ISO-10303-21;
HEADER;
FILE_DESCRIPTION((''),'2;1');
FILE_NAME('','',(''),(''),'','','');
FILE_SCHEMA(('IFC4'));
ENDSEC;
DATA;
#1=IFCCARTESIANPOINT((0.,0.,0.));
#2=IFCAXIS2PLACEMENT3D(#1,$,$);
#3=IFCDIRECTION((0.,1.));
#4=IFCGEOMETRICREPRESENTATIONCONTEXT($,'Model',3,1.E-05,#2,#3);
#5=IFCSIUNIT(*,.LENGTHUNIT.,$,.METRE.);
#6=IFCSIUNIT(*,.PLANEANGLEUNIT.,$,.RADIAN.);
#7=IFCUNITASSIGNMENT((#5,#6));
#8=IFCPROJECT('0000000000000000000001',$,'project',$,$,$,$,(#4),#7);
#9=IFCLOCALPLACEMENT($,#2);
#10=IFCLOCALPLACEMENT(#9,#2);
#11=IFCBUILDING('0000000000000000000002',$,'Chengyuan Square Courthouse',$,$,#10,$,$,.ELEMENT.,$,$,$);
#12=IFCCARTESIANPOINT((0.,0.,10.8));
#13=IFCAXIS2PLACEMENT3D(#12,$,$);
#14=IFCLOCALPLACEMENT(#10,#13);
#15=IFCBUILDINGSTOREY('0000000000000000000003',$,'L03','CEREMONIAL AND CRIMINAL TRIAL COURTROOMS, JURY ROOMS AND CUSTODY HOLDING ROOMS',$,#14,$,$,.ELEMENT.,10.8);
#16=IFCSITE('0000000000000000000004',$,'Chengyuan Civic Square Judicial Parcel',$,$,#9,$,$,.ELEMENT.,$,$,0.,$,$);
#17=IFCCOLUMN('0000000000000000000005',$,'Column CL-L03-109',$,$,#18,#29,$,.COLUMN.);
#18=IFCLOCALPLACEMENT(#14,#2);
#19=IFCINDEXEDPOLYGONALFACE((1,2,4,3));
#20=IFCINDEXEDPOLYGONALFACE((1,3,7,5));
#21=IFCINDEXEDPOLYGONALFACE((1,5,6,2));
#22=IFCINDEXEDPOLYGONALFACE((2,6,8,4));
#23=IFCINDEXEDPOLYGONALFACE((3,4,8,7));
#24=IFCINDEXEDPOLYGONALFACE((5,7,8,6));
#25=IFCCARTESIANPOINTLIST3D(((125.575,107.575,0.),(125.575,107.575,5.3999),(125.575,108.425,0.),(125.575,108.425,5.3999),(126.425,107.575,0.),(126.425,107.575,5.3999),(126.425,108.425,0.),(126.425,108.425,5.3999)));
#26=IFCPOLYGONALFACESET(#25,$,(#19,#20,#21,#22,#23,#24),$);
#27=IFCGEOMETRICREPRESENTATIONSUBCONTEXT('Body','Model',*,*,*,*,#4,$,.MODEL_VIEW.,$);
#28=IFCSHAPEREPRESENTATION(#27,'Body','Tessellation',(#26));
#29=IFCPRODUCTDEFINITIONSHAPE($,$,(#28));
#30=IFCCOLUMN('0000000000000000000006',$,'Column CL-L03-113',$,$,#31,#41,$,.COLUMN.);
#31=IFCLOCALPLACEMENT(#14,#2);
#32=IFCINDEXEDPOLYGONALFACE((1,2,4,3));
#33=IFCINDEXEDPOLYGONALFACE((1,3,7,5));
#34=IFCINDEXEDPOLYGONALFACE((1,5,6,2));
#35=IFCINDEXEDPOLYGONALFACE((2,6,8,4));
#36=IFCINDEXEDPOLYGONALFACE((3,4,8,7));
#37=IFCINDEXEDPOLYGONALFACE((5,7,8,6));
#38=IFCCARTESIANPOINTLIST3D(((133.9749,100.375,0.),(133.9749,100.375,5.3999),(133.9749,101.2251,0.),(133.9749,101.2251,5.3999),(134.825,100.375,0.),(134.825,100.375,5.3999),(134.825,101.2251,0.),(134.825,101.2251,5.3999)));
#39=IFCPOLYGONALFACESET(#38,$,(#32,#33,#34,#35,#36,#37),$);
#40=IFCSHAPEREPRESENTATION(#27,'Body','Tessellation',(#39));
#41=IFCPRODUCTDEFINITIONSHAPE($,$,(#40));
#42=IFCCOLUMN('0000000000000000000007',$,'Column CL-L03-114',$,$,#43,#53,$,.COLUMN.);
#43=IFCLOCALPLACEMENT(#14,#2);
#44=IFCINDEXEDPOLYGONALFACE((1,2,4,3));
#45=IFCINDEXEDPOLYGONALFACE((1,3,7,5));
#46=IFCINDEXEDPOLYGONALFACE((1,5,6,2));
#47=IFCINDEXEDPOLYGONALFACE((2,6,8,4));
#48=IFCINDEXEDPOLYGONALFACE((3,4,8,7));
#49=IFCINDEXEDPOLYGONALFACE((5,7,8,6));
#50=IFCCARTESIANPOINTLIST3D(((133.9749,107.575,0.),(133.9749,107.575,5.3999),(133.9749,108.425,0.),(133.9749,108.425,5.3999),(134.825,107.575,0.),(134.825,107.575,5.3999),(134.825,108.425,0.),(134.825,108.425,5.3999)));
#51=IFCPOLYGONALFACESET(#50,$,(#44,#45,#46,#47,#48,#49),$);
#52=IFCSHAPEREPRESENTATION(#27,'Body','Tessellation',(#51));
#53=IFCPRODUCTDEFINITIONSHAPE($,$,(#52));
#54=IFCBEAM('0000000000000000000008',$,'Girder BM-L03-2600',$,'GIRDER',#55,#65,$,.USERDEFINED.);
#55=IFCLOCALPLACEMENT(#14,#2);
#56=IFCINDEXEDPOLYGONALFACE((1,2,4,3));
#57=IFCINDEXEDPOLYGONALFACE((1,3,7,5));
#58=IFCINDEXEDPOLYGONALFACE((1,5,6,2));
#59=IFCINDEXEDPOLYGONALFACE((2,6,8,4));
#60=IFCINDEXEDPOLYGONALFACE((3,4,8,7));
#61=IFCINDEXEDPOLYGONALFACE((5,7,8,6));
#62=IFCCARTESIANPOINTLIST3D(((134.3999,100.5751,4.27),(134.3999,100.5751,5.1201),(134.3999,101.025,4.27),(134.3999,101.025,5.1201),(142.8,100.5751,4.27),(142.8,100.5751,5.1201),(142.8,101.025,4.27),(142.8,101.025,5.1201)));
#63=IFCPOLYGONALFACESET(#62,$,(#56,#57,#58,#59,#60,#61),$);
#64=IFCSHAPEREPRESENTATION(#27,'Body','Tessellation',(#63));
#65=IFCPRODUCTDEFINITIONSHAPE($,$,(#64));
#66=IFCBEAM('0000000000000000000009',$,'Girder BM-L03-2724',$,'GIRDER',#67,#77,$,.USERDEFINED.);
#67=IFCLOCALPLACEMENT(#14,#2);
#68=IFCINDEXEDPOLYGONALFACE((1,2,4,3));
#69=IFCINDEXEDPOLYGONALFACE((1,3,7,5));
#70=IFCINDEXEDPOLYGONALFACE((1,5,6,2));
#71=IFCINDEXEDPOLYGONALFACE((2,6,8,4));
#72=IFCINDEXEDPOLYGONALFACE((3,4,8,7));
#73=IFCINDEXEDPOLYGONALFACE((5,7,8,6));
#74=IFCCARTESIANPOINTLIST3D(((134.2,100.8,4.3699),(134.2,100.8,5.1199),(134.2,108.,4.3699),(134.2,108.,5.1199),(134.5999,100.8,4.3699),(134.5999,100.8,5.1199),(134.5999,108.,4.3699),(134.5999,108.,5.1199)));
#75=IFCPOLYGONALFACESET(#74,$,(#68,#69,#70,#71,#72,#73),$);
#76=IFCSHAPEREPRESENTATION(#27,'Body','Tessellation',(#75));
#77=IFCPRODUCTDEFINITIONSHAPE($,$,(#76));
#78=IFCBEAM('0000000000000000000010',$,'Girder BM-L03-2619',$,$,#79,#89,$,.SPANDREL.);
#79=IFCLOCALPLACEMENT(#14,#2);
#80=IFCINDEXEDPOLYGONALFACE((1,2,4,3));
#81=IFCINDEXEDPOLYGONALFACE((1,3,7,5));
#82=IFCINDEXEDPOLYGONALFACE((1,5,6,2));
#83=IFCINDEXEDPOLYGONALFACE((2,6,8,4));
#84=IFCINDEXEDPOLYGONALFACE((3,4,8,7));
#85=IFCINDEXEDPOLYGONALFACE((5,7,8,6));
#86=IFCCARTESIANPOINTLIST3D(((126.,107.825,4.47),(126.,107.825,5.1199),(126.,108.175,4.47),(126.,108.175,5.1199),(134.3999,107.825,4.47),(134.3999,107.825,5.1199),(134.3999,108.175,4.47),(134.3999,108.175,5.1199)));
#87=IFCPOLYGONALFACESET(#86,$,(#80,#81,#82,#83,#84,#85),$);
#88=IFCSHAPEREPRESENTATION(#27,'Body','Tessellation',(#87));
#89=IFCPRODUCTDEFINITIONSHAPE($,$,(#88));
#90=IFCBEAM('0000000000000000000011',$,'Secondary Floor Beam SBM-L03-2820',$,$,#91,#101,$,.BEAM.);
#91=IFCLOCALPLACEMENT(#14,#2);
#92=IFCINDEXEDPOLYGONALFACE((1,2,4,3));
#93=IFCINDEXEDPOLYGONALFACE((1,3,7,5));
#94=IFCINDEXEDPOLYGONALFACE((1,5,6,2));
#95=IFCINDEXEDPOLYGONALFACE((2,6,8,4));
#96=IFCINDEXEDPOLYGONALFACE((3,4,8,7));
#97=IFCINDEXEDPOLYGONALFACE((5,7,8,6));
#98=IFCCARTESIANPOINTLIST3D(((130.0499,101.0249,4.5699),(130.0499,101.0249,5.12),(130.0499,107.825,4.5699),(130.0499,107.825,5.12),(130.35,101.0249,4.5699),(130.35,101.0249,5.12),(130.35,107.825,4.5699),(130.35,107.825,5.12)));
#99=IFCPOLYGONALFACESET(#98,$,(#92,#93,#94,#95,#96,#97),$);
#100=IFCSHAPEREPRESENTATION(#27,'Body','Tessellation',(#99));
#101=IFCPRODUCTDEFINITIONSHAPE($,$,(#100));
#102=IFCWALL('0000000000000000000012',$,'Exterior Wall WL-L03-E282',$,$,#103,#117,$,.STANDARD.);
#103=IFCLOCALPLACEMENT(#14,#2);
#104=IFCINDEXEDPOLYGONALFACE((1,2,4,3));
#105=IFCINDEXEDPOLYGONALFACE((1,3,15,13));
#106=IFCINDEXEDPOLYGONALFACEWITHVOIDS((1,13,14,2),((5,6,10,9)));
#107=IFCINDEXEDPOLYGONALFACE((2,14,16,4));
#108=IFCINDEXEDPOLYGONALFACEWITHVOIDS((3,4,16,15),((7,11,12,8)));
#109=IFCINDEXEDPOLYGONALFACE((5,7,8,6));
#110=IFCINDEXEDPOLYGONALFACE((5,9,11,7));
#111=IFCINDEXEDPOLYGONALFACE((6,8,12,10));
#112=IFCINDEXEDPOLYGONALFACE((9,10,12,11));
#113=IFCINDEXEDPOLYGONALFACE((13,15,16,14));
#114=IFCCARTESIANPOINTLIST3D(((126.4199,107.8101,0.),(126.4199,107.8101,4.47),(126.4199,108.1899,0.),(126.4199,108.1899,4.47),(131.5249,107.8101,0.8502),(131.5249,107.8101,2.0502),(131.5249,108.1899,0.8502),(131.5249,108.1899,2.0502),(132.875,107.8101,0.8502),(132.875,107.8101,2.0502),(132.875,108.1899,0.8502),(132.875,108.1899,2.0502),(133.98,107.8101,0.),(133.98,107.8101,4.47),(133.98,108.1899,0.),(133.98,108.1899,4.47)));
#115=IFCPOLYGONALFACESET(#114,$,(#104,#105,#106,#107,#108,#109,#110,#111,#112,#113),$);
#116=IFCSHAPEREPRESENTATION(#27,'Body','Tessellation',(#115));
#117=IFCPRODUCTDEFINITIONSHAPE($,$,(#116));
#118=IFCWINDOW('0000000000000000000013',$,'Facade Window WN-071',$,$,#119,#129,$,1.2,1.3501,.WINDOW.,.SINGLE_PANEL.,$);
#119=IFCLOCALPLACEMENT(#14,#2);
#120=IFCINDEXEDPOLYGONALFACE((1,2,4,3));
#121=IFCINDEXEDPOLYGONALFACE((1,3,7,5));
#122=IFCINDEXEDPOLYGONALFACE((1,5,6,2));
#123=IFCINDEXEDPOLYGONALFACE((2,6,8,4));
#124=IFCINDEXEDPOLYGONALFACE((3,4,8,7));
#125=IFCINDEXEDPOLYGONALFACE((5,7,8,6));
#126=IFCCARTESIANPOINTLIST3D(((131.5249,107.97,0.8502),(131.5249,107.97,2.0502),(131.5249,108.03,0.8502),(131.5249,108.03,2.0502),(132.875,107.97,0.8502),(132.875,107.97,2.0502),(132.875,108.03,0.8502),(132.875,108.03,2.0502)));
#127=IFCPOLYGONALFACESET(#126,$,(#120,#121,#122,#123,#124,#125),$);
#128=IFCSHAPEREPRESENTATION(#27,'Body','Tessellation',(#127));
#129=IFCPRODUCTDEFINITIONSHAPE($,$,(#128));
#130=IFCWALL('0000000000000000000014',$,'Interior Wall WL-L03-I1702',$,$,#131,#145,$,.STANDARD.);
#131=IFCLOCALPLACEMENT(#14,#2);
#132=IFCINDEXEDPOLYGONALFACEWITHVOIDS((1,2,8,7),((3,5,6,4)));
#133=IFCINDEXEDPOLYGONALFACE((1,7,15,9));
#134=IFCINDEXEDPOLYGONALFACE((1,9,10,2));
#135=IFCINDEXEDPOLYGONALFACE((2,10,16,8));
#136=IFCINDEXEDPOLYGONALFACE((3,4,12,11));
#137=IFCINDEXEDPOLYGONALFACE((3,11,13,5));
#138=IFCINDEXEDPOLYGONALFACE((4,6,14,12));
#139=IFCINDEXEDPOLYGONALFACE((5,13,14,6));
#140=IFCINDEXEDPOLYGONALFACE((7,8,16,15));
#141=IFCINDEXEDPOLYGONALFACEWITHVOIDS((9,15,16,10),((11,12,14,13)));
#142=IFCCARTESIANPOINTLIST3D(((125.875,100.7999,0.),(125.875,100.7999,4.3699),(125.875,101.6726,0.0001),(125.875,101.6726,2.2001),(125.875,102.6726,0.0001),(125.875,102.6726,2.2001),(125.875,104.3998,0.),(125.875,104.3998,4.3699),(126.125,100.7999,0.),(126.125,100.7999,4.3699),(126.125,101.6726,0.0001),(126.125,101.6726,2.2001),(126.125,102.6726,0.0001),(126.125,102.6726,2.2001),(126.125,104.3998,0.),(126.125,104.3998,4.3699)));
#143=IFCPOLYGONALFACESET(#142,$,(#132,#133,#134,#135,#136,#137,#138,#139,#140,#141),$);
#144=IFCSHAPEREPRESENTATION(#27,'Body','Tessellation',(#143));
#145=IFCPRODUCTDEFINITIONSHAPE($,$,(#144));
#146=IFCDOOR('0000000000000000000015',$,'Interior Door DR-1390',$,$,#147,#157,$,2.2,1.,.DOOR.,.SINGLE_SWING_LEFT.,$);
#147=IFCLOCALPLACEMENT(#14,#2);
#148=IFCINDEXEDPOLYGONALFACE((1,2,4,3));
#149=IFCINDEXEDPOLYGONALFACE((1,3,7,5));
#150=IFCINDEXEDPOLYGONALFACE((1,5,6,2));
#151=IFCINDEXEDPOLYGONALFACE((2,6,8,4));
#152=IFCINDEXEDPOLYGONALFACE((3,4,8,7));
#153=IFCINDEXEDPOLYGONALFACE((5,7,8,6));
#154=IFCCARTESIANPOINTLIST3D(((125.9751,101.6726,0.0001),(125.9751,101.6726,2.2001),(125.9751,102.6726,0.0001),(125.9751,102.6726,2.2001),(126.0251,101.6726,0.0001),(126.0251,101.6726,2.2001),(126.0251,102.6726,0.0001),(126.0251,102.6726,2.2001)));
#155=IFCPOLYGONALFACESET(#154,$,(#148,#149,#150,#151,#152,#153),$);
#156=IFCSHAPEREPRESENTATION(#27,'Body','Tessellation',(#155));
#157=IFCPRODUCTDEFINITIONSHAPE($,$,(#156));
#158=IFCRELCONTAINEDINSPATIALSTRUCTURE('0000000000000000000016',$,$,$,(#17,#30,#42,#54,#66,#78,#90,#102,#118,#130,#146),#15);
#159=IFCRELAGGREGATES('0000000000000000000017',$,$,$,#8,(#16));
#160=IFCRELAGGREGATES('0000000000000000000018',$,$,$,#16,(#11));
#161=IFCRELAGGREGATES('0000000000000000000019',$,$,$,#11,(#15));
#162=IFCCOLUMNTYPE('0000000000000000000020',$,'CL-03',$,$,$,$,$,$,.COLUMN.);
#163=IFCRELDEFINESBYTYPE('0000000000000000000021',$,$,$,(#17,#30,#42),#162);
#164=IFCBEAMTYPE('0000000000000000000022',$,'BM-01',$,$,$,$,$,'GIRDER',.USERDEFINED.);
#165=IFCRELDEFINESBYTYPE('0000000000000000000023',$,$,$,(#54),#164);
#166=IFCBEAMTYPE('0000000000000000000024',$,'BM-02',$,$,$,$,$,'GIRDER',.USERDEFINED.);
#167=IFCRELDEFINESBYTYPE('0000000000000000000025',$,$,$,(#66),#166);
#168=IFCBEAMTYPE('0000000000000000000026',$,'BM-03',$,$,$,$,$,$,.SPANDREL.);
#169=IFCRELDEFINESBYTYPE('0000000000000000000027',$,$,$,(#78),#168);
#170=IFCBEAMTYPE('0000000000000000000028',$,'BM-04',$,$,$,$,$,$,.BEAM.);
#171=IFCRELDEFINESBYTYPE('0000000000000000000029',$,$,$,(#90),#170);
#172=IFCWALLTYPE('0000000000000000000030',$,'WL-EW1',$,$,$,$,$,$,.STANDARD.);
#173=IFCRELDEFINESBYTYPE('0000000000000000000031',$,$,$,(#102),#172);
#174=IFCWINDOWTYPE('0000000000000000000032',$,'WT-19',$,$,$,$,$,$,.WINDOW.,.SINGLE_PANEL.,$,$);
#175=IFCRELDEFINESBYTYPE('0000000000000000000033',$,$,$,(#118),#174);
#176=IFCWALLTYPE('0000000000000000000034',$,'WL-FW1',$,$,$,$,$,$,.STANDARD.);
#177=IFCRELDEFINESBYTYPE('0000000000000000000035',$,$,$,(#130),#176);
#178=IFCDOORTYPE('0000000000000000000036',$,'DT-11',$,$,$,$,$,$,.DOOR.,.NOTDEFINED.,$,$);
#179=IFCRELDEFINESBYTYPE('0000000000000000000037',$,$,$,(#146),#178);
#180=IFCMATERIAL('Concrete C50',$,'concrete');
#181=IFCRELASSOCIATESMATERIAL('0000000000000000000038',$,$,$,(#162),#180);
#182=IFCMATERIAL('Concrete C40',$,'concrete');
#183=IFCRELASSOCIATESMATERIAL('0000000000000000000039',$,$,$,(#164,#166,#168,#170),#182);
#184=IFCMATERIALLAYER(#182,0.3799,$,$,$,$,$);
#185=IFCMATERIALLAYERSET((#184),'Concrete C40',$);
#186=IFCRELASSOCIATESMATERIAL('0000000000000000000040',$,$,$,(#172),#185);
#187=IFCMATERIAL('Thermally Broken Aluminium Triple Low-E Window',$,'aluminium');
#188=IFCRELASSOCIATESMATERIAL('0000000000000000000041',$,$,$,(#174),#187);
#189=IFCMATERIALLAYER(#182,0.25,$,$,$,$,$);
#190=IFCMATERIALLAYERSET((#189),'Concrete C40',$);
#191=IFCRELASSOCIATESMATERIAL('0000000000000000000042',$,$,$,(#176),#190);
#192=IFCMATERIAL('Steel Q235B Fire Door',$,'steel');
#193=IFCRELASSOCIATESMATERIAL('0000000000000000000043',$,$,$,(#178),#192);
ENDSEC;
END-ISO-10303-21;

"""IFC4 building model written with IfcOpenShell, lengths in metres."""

from ifc_helpers import new_model, si_unit, direction, frame, frame_2d, origin, origin_2d, place, context, subcontext, project, spatial, rectangle, extrude, material, layer, layer_set, material_profile, profile_set, type_object, element, fill, save


model = new_model("IFC4")

# Units and contexts
model_context = context("Model", 3, precision=1e-05, world=origin(), true_north=direction((0.0, 1.0)))
body_context = subcontext(model_context, "Body", "Model", "MODEL_VIEW")
ifc_project = project(units=[si_unit("LENGTHUNIT", "METRE"), si_unit("PLANEANGLEUNIT", "RADIAN")], contexts=[model_context])

# Site, building, storey
site_placement = place(None, origin())
site = spatial("IfcSite", under=ifc_project, at=site_placement, Name="Chengyuan Civic Square Judicial Parcel", CompositionType="ELEMENT", RefElevation=0.0)
building_placement = place(site_placement, origin())
building = spatial("IfcBuilding", under=site, at=building_placement, Name="Chengyuan Square Courthouse", CompositionType="ELEMENT")
storey_placement = place(building_placement, frame((0.0, 0.0, 10.8)))
storey = spatial("IfcBuildingStorey", under=building, at=storey_placement, Name="L03", Description="CEREMONIAL AND CRIMINAL TRIAL COURTROOMS, JURY ROOMS AND CUSTODY HOLDING ROOMS", CompositionType="ELEMENT", Elevation=10.8)

# Columns
ifc_material_1 = material(Name="Concrete C50", Category="concrete")
ifc_material_profile_1 = material_profile(ifc_material_1, rectangle(XDim=0.8501, YDim=0.8501, at=origin_2d()), Name="RC-COL-850x850")
ifc_profile_set_1 = profile_set([ifc_material_profile_1], Name="Concrete C50")
column_type = type_object("IfcColumnType", Name="CL-03", PredefinedType="COLUMN", material=ifc_profile_set_1)
for number, where, z_axis, x_axis, name in (
    (1, (126.0, 108.0, 0.0), (0.0, 0.0, 1.0), (1.0, 0.0, 0.0), "Column CL-L03-109"),
    (2, (134.3999, 100.8, 0.0), (0.0, 0.0, 1.0), (1.0, 0.0, 0.0), "Column CL-L03-113"),
    (3, (134.3999, 108.0, 0.0), (0.0, 0.0, 1.0), (1.0, 0.0, 0.0), "Column CL-L03-114"),
):
    element("IfcColumn", number, at=place(storey_placement, frame(where, z_axis=z_axis, x_axis=x_axis)), inside=storey, type_object=column_type, Name=name, PredefinedType="COLUMN", context=body_context, shape_type="SweptSolid", body=[
        extrude(rectangle(XDim=0.8501, YDim=0.8501, at=origin_2d()), origin(), (0.0, 0.0, 1.0), 5.3999),
    ])

# Beams
ifc_material_2 = material(Name="Concrete C40", Category="concrete")
ifc_material_profile_2 = material_profile(ifc_material_2, rectangle(XDim=0.45, YDim=0.8501, at=origin_2d()), Name="RC-BM-450x850")
ifc_profile_set_2 = profile_set([ifc_material_profile_2], Name="Concrete C40")
beam_type_1 = type_object("IfcBeamType", Name="BM-01", ElementType="GIRDER", PredefinedType="USERDEFINED", material=ifc_profile_set_2)
beam_1_placement = place(storey_placement, frame((134.3999, 100.8, 4.6951), z_axis=(1.0, 0.0, 0.0), x_axis=(0.0, 1.0, 0.0)))
element("IfcBeam", 4, at=beam_1_placement, inside=storey, type_object=beam_type_1, Name="Girder BM-L03-2600", ObjectType="GIRDER", PredefinedType="USERDEFINED", context=body_context, shape_type="SweptSolid", body=[
    extrude(rectangle(XDim=0.45, YDim=0.8501, at=origin_2d()), origin(), (0.0, 0.0, 1.0), 8.4001),
])
ifc_material_profile_3 = material_profile(ifc_material_2, rectangle(XDim=0.3999, YDim=0.75, at=origin_2d()), Name="RC-BM-400x750")
ifc_profile_set_3 = profile_set([ifc_material_profile_3], Name="Concrete C40")
beam_type_2 = type_object("IfcBeamType", Name="BM-02", ElementType="GIRDER", PredefinedType="USERDEFINED", material=ifc_profile_set_3)
beam_2_placement = place(storey_placement, frame((134.3999, 100.8, 4.7449), z_axis=(0.0, 1.0, 0.0), x_axis=(-1.0, 0.0, 0.0)))
element("IfcBeam", 5, at=beam_2_placement, inside=storey, type_object=beam_type_2, Name="Girder BM-L03-2724", ObjectType="GIRDER", PredefinedType="USERDEFINED", context=body_context, shape_type="SweptSolid", body=[
    extrude(rectangle(XDim=0.3999, YDim=0.75, at=origin_2d()), origin(), (0.0, 0.0, 1.0), 7.2),
])
ifc_material_profile_4 = material_profile(ifc_material_2, rectangle(XDim=0.3501, YDim=0.6499, at=origin_2d()), Name="RC-BM-350x650")
ifc_profile_set_4 = profile_set([ifc_material_profile_4], Name="Concrete C40")
beam_type_3 = type_object("IfcBeamType", Name="BM-03", PredefinedType="SPANDREL", material=ifc_profile_set_4)
beam_3_placement = place(storey_placement, frame((126.0, 108.0, 4.7949), z_axis=(1.0, 0.0, 0.0), x_axis=(0.0, 1.0, 0.0)))
element("IfcBeam", 6, at=beam_3_placement, inside=storey, type_object=beam_type_3, Name="Girder BM-L03-2619", PredefinedType="SPANDREL", context=body_context, shape_type="SweptSolid", body=[
    extrude(rectangle(XDim=0.3501, YDim=0.6499, at=origin_2d()), origin(), (0.0, 0.0, 1.0), 8.3999),
])
ifc_material_profile_5 = material_profile(ifc_material_2, rectangle(XDim=0.3, YDim=0.55, at=origin_2d()), Name="RC-BM-300x550")
ifc_profile_set_5 = profile_set([ifc_material_profile_5], Name="Concrete C40")
beam_type_4 = type_object("IfcBeamType", Name="BM-04", PredefinedType="BEAM", material=ifc_profile_set_5)
beam_4_placement = place(storey_placement, frame((130.2, 101.0249, 4.845), z_axis=(0.0, 1.0, 0.0), x_axis=(-1.0, 0.0, 0.0)))
element("IfcBeam", 7, at=beam_4_placement, inside=storey, type_object=beam_type_4, Name="Secondary Floor Beam SBM-L03-2820", PredefinedType="BEAM", context=body_context, shape_type="SweptSolid", body=[
    extrude(rectangle(XDim=0.3, YDim=0.55, at=origin_2d()), origin(), (0.0, 0.0, 1.0), 6.8),
])

# Wall, opening, window
ifc_layer_1 = layer(ifc_material_2, 0.3799)
ifc_layer_set_1 = layer_set([ifc_layer_1], Name="Concrete C40")
wall_type_1 = type_object("IfcWallType", Name="WL-EW1", PredefinedType="STANDARD", material=ifc_layer_set_1)
wall_1_placement = place(storey_placement, frame((126.4199, 108.0, 0.0), z_axis=(0.0, 0.0, 1.0), x_axis=(1.0, 0.0, 0.0)))
wall_1 = element("IfcWall", 8, at=wall_1_placement, inside=storey, type_object=wall_type_1, Name="Exterior Wall WL-L03-E282", PredefinedType="STANDARD", context=body_context, shape_type="SweptSolid", body=[
    extrude(rectangle(XDim=7.5601, YDim=0.3799, at=frame_2d((3.78, 0.0))), origin(), (0.0, 0.0, 1.0), 4.47),
])
opening_1_placement = place(wall_1_placement, frame((5.105, 0.0, 0.8501)))
opening_1 = element("IfcOpeningElement", 9, at=opening_1_placement, cuts=wall_1, PredefinedType="OPENING", context=body_context, shape_type="SweptSolid", body=[
    extrude(rectangle(XDim=1.3501, YDim=1.2, at=frame_2d((0.675, 0.6001))), frame((0.0, 0.2019, 0.0), z_axis=(0.0, -1.0, 0.0), x_axis=(1.0, 0.0, 0.0)), (0.0, 0.0, 1.0), 0.4038),
])
ifc_material_3 = material(Name="Thermally Broken Aluminium Triple Low-E Window", Category="aluminium")
window_type = type_object("IfcWindowType", Name="WT-19", PartitioningType="SINGLE_PANEL", PredefinedType="WINDOW", material=ifc_material_3)
window_placement = place(opening_1_placement, origin())
window = element("IfcWindow", 10, at=window_placement, inside=storey, type_object=window_type, Name="Facade Window WN-071", OverallHeight=1.2, OverallWidth=1.3501, PartitioningType="SINGLE_PANEL", PredefinedType="WINDOW", context=body_context, shape_type="SweptSolid", body=[
    extrude(rectangle(XDim=1.3501, YDim=1.2, at=frame_2d((0.675, 0.6001))), frame((0.0, 0.03, 0.0), z_axis=(0.0, -1.0, 0.0), x_axis=(1.0, 0.0, 0.0)), (0.0, 0.0, 1.0), 0.0601),
])
fill(opening_1, window)

# Wall, opening, door
ifc_layer_2 = layer(ifc_material_2, 0.25)
ifc_layer_set_2 = layer_set([ifc_layer_2], Name="Concrete C40")
wall_type_2 = type_object("IfcWallType", Name="WL-FW1", PredefinedType="STANDARD", material=ifc_layer_set_2)
wall_2_placement = place(storey_placement, frame((126.0, 100.8, 0.0), z_axis=(0.0, 0.0, 1.0), x_axis=(0.0, 1.0, 0.0)))
wall_2 = element("IfcWall", 11, at=wall_2_placement, inside=storey, type_object=wall_type_2, Name="Interior Wall WL-L03-I1702", PredefinedType="STANDARD", context=body_context, shape_type="SweptSolid", body=[
    extrude(rectangle(XDim=3.5999, YDim=0.25, at=frame_2d((1.7998, 0.0))), origin(), (0.0, 0.0, 1.0), 4.3699),
])
opening_2_placement = place(wall_2_placement, frame((0.8726, 0.0, 0.0)))
opening_2 = element("IfcOpeningElement", 12, at=opening_2_placement, cuts=wall_2, PredefinedType="OPENING", context=body_context, shape_type="SweptSolid", body=[
    extrude(rectangle(XDim=1.0, YDim=2.2, at=frame_2d((0.5, 1.1001))), frame((0.0, 0.137, 0.0), z_axis=(0.0, -1.0, 0.0), x_axis=(1.0, 0.0, 0.0)), (0.0, 0.0, 1.0), 0.2739),
])
ifc_material_4 = material(Name="Steel Q235B Fire Door", Category="steel")
door_type_1 = type_object("IfcDoorType", Name="DT-11", OperationType="NOTDEFINED", PredefinedType="DOOR", material=ifc_material_4)
door_1_placement = place(opening_2_placement, origin())
door_1 = element("IfcDoor", 13, at=door_1_placement, inside=storey, type_object=door_type_1, Name="Interior Door DR-1390", OperationType="SINGLE_SWING_LEFT", OverallHeight=2.2, OverallWidth=1.0, PredefinedType="DOOR", context=body_context, shape_type="SweptSolid", body=[
    extrude(rectangle(XDim=1.0, YDim=2.2, at=frame_2d((0.5, 1.1001))), frame((0.0, 0.0249, 0.0), z_axis=(0.0, -1.0, 0.0), x_axis=(1.0, 0.0, 0.0)), (0.0, 0.0, 1.0), 0.05),
])
fill(opening_2, door_1)

save(model, "model.ifc")
